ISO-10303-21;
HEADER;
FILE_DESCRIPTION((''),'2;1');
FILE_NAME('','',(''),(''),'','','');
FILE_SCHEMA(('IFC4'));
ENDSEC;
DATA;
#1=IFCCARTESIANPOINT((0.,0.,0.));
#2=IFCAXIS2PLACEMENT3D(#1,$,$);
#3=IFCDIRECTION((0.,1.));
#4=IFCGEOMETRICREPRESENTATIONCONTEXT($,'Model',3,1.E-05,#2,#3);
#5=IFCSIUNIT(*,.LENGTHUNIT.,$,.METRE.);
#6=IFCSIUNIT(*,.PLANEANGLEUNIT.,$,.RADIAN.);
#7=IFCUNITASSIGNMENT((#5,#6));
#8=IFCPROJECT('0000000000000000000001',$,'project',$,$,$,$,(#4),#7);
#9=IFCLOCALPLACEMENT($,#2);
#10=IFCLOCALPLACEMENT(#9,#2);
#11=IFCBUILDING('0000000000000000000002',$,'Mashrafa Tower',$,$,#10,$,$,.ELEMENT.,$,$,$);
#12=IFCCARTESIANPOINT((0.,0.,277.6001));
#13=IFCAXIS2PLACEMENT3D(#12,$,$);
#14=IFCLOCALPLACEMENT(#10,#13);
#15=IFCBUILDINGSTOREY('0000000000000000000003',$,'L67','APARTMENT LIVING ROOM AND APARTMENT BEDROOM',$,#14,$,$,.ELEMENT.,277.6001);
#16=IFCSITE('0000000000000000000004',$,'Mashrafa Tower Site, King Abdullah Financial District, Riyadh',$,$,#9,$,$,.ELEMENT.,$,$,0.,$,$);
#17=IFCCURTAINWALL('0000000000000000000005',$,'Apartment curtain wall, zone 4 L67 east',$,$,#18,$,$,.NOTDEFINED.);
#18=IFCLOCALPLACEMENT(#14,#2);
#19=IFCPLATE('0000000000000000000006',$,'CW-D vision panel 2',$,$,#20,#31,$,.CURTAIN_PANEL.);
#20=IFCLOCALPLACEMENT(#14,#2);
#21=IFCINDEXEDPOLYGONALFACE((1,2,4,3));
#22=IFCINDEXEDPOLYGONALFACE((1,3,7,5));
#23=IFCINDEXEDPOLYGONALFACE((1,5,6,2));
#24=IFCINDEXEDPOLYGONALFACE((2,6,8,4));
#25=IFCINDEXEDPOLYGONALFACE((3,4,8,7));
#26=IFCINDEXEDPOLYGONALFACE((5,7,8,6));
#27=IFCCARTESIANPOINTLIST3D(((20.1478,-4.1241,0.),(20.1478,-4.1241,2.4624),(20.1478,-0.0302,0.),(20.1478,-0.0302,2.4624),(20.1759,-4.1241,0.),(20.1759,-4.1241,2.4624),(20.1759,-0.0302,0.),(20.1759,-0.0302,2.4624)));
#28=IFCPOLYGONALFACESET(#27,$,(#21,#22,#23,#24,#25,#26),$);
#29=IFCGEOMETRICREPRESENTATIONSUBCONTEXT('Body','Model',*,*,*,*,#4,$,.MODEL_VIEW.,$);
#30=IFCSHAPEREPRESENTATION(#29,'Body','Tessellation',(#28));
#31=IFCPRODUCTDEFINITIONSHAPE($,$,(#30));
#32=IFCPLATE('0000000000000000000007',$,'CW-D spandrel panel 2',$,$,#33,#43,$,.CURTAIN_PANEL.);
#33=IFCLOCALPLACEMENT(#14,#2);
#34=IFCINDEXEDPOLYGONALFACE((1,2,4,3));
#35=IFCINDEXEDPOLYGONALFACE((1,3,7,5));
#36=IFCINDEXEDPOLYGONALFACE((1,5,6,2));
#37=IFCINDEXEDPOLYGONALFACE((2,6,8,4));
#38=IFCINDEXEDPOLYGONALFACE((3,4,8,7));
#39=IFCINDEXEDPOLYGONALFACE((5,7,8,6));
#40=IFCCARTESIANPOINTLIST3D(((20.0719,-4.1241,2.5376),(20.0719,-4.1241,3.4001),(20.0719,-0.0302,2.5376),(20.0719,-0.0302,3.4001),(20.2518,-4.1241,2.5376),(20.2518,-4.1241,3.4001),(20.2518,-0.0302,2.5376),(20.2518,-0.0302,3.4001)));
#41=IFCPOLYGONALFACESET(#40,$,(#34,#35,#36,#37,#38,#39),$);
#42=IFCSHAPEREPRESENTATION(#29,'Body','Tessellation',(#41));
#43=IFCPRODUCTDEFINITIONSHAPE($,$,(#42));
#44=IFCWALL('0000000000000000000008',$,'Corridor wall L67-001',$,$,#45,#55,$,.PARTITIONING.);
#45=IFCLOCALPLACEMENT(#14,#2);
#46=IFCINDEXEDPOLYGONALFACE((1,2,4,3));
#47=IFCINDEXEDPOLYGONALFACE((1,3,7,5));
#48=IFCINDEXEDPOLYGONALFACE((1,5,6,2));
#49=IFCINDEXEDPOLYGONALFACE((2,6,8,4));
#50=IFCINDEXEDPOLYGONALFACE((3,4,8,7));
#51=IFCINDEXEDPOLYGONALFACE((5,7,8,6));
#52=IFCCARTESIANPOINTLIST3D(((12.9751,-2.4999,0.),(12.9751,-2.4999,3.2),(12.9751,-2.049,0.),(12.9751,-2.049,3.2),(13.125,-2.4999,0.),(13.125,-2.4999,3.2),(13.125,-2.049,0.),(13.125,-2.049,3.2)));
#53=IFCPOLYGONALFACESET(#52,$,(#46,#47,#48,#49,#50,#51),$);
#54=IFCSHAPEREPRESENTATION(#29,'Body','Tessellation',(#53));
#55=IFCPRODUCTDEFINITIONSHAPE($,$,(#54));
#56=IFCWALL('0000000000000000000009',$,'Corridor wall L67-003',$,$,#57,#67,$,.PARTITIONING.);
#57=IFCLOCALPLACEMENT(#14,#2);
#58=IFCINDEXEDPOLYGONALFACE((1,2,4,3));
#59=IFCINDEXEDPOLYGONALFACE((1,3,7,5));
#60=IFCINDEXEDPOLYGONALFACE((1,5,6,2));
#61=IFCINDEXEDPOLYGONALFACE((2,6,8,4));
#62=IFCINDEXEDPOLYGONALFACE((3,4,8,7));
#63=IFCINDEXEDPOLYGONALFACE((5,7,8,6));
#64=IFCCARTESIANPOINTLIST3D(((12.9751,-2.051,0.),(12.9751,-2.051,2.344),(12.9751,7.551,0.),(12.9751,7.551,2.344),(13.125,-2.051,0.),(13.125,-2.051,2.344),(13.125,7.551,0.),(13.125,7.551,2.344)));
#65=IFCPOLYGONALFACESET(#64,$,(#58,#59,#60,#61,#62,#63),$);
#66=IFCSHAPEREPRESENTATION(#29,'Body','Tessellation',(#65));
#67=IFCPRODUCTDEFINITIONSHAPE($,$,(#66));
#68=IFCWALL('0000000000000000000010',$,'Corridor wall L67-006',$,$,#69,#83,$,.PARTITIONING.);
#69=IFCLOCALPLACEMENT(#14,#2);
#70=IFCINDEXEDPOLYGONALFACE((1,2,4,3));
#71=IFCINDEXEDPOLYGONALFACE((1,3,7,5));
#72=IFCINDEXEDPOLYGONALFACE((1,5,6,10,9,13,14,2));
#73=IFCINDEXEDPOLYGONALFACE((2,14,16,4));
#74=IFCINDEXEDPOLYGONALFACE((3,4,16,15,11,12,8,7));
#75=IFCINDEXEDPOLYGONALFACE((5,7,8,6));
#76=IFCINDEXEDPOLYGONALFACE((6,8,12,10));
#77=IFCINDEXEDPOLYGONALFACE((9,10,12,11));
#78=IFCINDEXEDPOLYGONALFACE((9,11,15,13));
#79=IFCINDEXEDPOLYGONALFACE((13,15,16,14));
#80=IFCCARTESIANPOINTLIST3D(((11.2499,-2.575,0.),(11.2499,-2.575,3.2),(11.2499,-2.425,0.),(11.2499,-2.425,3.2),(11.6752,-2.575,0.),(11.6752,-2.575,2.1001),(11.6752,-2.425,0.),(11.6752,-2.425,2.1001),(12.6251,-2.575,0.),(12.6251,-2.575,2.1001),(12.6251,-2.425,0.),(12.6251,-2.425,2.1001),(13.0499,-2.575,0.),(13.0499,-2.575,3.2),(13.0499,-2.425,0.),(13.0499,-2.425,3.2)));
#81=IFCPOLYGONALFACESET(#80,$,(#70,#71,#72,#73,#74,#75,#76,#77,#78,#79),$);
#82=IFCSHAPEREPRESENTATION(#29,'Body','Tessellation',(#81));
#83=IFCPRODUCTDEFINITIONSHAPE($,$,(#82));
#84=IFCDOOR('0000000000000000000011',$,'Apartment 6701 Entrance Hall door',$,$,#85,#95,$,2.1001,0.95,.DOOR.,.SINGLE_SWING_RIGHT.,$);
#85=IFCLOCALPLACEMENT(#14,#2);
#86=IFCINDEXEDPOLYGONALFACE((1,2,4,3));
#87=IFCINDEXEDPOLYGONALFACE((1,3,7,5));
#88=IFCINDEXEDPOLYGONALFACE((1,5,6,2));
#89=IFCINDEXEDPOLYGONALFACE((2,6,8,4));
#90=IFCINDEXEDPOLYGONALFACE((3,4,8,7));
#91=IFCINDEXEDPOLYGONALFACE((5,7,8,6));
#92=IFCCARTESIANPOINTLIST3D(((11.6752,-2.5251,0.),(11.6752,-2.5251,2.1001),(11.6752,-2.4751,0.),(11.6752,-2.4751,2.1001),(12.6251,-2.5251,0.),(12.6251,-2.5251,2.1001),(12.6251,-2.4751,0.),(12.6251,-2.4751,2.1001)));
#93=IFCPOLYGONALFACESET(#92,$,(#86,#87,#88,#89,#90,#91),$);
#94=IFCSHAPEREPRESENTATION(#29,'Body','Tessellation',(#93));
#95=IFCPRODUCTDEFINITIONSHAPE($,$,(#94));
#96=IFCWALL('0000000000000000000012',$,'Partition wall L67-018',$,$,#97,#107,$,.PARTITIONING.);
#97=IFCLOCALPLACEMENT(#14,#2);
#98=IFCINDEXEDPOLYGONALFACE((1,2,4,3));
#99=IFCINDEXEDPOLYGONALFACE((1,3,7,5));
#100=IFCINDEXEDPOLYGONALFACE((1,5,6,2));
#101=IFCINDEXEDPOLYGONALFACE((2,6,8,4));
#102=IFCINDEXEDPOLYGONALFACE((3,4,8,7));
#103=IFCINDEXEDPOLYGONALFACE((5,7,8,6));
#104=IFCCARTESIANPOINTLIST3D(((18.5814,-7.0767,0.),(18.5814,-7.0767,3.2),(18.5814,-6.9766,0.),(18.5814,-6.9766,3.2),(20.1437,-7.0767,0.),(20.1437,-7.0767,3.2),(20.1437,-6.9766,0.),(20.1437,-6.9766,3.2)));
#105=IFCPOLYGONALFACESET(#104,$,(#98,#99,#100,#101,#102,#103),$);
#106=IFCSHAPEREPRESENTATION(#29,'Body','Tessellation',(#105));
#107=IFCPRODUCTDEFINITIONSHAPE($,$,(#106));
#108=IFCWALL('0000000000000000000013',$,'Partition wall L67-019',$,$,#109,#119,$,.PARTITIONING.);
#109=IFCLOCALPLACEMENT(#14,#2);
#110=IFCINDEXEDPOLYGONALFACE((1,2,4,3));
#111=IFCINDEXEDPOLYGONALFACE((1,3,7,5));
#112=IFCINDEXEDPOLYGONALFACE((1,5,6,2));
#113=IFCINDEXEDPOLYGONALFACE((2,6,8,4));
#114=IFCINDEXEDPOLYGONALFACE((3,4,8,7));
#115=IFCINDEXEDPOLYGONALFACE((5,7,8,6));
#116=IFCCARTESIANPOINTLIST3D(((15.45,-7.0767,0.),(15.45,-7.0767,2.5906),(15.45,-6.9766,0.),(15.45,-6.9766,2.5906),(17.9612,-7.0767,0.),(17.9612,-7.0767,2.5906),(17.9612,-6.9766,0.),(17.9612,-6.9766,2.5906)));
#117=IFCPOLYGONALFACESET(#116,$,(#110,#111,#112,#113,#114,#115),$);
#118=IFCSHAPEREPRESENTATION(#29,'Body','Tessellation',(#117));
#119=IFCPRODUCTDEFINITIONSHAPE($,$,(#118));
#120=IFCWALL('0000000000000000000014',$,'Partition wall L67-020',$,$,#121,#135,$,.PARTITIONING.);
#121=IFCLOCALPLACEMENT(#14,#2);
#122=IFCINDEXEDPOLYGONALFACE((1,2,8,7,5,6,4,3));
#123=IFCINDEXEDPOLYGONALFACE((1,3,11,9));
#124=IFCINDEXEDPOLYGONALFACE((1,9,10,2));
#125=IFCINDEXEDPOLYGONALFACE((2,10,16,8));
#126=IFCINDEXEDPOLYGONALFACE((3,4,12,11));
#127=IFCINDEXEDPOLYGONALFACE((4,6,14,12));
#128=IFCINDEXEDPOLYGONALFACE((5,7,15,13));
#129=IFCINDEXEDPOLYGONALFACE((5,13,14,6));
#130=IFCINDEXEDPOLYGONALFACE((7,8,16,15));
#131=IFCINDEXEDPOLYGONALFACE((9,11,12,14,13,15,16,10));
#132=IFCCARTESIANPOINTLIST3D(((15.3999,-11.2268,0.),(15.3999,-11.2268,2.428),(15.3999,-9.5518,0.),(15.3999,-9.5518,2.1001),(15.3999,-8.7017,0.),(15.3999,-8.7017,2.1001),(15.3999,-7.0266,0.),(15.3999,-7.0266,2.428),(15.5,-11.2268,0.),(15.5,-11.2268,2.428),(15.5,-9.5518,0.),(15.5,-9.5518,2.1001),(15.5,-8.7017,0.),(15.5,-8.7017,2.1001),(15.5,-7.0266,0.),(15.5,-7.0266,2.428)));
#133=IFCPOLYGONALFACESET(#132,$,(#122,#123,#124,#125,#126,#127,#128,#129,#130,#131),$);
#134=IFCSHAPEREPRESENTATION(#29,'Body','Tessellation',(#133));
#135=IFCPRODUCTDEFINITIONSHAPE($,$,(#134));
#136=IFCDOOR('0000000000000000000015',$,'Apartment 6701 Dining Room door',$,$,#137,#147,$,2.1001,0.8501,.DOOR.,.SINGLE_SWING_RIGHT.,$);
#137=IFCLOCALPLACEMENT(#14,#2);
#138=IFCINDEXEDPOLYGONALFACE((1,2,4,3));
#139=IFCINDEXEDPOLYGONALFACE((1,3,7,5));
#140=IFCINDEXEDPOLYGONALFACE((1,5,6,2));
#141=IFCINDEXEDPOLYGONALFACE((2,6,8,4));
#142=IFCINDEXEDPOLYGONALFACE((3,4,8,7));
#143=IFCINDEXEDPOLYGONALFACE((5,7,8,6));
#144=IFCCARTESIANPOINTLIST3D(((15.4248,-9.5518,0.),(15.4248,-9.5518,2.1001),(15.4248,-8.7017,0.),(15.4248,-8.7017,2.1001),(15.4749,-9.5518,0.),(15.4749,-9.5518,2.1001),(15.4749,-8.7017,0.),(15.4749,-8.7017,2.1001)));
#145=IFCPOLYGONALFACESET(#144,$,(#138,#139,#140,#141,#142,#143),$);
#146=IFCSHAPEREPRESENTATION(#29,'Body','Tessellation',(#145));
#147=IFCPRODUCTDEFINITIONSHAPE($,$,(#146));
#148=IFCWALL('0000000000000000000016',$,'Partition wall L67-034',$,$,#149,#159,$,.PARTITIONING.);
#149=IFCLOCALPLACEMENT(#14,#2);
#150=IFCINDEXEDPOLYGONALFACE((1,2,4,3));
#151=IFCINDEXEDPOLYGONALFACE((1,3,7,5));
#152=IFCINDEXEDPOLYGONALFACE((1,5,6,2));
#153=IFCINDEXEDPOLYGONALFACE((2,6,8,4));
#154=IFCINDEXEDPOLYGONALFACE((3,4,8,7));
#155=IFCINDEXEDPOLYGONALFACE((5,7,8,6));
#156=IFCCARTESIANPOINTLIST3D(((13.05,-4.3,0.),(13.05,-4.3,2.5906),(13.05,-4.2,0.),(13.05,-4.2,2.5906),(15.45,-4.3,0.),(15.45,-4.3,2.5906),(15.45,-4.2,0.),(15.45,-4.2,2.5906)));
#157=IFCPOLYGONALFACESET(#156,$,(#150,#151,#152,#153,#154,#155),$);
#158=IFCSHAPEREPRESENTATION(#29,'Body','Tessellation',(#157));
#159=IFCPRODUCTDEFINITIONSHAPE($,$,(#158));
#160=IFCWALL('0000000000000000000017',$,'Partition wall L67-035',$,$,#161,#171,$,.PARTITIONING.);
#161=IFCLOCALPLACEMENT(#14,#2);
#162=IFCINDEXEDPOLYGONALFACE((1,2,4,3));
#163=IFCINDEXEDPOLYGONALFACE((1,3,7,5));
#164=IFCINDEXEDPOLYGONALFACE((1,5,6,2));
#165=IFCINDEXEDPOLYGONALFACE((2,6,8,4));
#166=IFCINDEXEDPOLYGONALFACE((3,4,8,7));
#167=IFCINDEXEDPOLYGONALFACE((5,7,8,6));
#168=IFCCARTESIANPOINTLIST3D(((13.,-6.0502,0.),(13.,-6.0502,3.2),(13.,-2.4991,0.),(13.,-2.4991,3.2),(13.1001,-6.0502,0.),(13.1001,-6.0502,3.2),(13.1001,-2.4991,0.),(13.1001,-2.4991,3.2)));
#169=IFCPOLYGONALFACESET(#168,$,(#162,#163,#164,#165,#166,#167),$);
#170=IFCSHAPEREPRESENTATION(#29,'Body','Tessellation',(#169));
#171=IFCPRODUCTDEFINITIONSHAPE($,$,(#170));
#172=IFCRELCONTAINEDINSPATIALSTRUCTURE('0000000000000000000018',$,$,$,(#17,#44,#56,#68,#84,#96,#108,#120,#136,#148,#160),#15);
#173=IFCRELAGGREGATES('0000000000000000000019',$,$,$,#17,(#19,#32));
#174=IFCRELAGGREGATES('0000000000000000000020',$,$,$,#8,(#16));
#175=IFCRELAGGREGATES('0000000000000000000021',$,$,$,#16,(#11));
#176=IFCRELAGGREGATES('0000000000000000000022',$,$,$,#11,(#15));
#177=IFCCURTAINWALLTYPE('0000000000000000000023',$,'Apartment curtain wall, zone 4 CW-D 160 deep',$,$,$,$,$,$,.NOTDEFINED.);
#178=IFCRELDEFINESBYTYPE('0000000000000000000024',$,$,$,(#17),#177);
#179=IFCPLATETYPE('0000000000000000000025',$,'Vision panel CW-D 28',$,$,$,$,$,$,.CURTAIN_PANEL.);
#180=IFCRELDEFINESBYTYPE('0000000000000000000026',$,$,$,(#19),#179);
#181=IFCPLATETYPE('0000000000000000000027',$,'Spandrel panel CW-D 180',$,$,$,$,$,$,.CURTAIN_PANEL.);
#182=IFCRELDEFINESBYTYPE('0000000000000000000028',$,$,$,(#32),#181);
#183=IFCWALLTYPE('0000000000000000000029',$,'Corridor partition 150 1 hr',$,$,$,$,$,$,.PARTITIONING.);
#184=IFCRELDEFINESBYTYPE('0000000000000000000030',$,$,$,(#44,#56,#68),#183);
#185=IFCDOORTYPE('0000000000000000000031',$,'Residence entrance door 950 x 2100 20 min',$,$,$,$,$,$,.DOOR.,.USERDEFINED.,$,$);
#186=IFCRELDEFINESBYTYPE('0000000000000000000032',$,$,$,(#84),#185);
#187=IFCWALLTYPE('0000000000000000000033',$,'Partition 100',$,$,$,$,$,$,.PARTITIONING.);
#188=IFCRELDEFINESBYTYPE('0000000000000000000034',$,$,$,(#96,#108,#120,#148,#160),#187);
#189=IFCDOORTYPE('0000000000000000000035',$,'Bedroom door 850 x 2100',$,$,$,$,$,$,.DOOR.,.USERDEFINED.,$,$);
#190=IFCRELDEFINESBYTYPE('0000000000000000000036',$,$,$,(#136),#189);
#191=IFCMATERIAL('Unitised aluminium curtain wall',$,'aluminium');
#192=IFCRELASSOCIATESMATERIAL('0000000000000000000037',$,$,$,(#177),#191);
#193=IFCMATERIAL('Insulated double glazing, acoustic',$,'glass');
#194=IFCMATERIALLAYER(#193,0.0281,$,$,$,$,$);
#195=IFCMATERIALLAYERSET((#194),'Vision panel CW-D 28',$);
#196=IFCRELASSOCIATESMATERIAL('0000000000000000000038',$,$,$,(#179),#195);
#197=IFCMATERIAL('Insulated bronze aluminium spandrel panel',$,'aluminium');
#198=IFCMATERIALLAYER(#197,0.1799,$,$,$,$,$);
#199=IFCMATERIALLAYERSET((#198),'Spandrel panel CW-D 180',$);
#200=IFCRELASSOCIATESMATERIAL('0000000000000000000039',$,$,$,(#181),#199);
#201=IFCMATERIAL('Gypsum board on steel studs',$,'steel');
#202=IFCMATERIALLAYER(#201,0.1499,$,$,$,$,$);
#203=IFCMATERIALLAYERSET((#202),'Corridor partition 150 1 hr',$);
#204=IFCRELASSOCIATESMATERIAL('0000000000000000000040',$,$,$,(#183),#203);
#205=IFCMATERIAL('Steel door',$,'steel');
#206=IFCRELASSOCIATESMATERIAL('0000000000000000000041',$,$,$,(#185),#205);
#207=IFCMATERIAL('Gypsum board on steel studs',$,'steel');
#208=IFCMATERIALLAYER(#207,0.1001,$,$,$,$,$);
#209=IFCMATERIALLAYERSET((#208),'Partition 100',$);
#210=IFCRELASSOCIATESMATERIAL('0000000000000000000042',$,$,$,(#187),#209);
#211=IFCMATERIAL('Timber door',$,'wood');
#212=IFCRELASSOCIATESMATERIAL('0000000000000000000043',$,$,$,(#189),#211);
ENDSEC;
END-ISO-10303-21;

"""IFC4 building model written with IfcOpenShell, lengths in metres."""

from ifc_helpers import new_model, si_unit, direction, frame, frame_2d, origin, origin_2d, place, context, subcontext, project, spatial, rectangle, extrude, source, transform, mapped, material, layer, layer_set, type_object, element, fill, aggregate, save


model = new_model("IFC4")

# Units and contexts
model_context = context("Model", 3, precision=1e-05, world=origin(), true_north=direction((0.0, 1.0)))
body_context = subcontext(model_context, "Body", "Model", "MODEL_VIEW")
ifc_project = project(units=[si_unit("LENGTHUNIT", "METRE"), si_unit("PLANEANGLEUNIT", "RADIAN")], contexts=[model_context])

# Site, building, storey
site_placement = place(None, origin())
site = spatial("IfcSite", under=ifc_project, at=site_placement, Name="Mashrafa Tower Site, King Abdullah Financial District, Riyadh", CompositionType="ELEMENT", RefElevation=0.0)
building_placement = place(site_placement, origin())
building = spatial("IfcBuilding", under=site, at=building_placement, Name="Mashrafa Tower", CompositionType="ELEMENT")
storey_placement = place(building_placement, frame((0.0, 0.0, 277.6001)))
storey = spatial("IfcBuildingStorey", under=building, at=storey_placement, Name="L67", Description="APARTMENT LIVING ROOM AND APARTMENT BEDROOM", CompositionType="ELEMENT", Elevation=277.6001)

# Curtain wall, plates
ifc_material_1 = material(Name="Unitised aluminium curtain wall", Category="aluminium")
curtain_wall_type = type_object("IfcCurtainWallType", Name="Apartment curtain wall, zone 4 CW-D 160 deep", PredefinedType="NOTDEFINED", material=ifc_material_1)
curtain_wall_placement = place(storey_placement, origin())
curtain_wall = element("IfcCurtainWall", 1, at=curtain_wall_placement, inside=storey, type_object=curtain_wall_type, Name="Apartment curtain wall, zone 4 L67 east", PredefinedType="NOTDEFINED")
ifc_material_2 = material(Name="Insulated double glazing, acoustic", Category="glass")
ifc_layer_1 = layer(ifc_material_2, 0.0281)
ifc_layer_set_1 = layer_set([ifc_layer_1], Name="Vision panel CW-D 28")
plate_type_1 = type_object("IfcPlateType", Name="Vision panel CW-D 28", PredefinedType="CURTAIN_PANEL", material=ifc_layer_set_1)
ifc_material_3 = material(Name="Insulated bronze aluminium spandrel panel", Category="aluminium")
ifc_layer_2 = layer(ifc_material_3, 0.1799)
ifc_layer_set_2 = layer_set([ifc_layer_2], Name="Spandrel panel CW-D 180")
plate_type_2 = type_object("IfcPlateType", Name="Spandrel panel CW-D 180", PredefinedType="CURTAIN_PANEL", material=ifc_layer_set_2)
shared_shape_1 = source(origin(), body_context, "Body", "SweptSolid", [
    extrude(rectangle(XDim=4.094, YDim=0.0281, at=origin_2d()), origin(), (0.0, 0.0, 1.0), 2.4624),
])
plate_1_placement = place(storey_placement, frame((20.1619, -2.0771, 0.0), z_axis=(0.0, 0.0, 1.0), x_axis=(0.0, 1.0, 0.0)))
plate_1 = element("IfcPlate", 2, at=plate_1_placement, type_object=plate_type_1, Name="CW-D vision panel 2", PredefinedType="CURTAIN_PANEL", context=body_context, shape_type="MappedRepresentation", body=[
    mapped(shared_shape_1, transform((0.0, 0.0, 0.0))),
])
shared_shape_2 = source(origin(), body_context, "Body", "SweptSolid", [
    extrude(rectangle(XDim=4.094, YDim=0.1799, at=origin_2d()), origin(), (0.0, 0.0, 1.0), 0.8625),
])
plate_2_placement = place(storey_placement, frame((20.1619, -2.0771, 2.5376), z_axis=(0.0, 0.0, 1.0), x_axis=(0.0, 1.0, 0.0)))
plate_2 = element("IfcPlate", 3, at=plate_2_placement, type_object=plate_type_2, Name="CW-D spandrel panel 2", PredefinedType="CURTAIN_PANEL", context=body_context, shape_type="MappedRepresentation", body=[
    mapped(shared_shape_2, transform((0.0, 0.0, 0.0))),
])
aggregate(curtain_wall, [plate_1, plate_2])

# Walls
ifc_material_4 = material(Name="Gypsum board on steel studs", Category="steel")
ifc_layer_3 = layer(ifc_material_4, 0.1499)
ifc_layer_set_3 = layer_set([ifc_layer_3], Name="Corridor partition 150 1 hr")
wall_type_1 = type_object("IfcWallType", Name="Corridor partition 150 1 hr", PredefinedType="PARTITIONING", material=ifc_layer_set_3)
wall_1_placement = place(storey_placement, frame((13.05, -2.5, 0.0), z_axis=(0.0, 0.0, 1.0), x_axis=(0.0, 1.0, 0.0)))
element("IfcWall", 4, at=wall_1_placement, inside=storey, type_object=wall_type_1, Name="Corridor wall L67-001", PredefinedType="PARTITIONING", context=body_context, shape_type="SweptSolid", body=[
    extrude(rectangle(XDim=0.4509, YDim=0.1499, at=frame_2d((0.2256, 0.0))), origin(), (0.0, 0.0, 1.0), 3.2),
])
wall_2_placement = place(storey_placement, frame((13.05, -2.051, 0.0), z_axis=(0.0, 0.0, 1.0), x_axis=(0.0, 1.0, 0.0)))
element("IfcWall", 5, at=wall_2_placement, inside=storey, type_object=wall_type_1, Name="Corridor wall L67-003", PredefinedType="PARTITIONING", context=body_context, shape_type="SweptSolid", body=[
    extrude(rectangle(XDim=9.6021, YDim=0.1499, at=frame_2d((4.801, 0.0))), origin(), (0.0, 0.0, 1.0), 2.344),
])

# Wall, opening, door
wall_3_placement = place(storey_placement, frame((11.25, -2.5, 0.0), z_axis=(0.0, 0.0, 1.0), x_axis=(1.0, 0.0, 0.0)))
wall_3 = element("IfcWall", 6, at=wall_3_placement, inside=storey, type_object=wall_type_1, Name="Corridor wall L67-006", PredefinedType="PARTITIONING", context=body_context, shape_type="SweptSolid", body=[
    extrude(rectangle(XDim=1.8, YDim=0.1499, at=frame_2d((0.8999, 0.0))), origin(), (0.0, 0.0, 1.0), 3.2),
])
opening_1_placement = place(wall_3_placement, frame((0.425, 0.0, 0.0)))
opening_1 = element("IfcOpeningElement", 7, at=opening_1_placement, cuts=wall_3, PredefinedType="OPENING", context=body_context, shape_type="SweptSolid", body=[
    extrude(rectangle(XDim=0.95, YDim=2.1001, at=frame_2d((0.4751, 1.05))), frame((0.0, 0.085, 0.0), z_axis=(0.0, -1.0, 0.0), x_axis=(1.0, 0.0, 0.0)), (0.0, 0.0, 1.0), 0.1699),
])
ifc_material_5 = material(Name="Steel door", Category="steel")
door_type_1 = type_object("IfcDoorType", Name="Residence entrance door 950 x 2100 20 min", OperationType="USERDEFINED", PredefinedType="DOOR", material=ifc_material_5)
door_1_placement = place(opening_1_placement, origin())
door_1 = element("IfcDoor", 8, at=door_1_placement, inside=storey, type_object=door_type_1, Name="Apartment 6701 Entrance Hall door", OperationType="SINGLE_SWING_RIGHT", OverallHeight=2.1001, OverallWidth=0.95, PredefinedType="DOOR", context=body_context, shape_type="SweptSolid", body=[
    extrude(rectangle(XDim=0.95, YDim=2.1001, at=frame_2d((0.4751, 1.05))), frame((0.0, 0.0249, 0.0), z_axis=(0.0, -1.0, 0.0), x_axis=(1.0, 0.0, 0.0)), (0.0, 0.0, 1.0), 0.05),
])
fill(opening_1, door_1)

# Walls
ifc_material_6 = material(Name="Gypsum board on steel studs", Category="steel")
ifc_layer_4 = layer(ifc_material_6, 0.1001)
ifc_layer_set_4 = layer_set([ifc_layer_4], Name="Partition 100")
wall_type_2 = type_object("IfcWallType", Name="Partition 100", PredefinedType="PARTITIONING", material=ifc_layer_set_4)
wall_4_placement = place(storey_placement, frame((20.1438, -7.0266, 0.0), z_axis=(0.0, 0.0, 1.0), x_axis=(-1.0, 0.0, 0.0)))
element("IfcWall", 9, at=wall_4_placement, inside=storey, type_object=wall_type_2, Name="Partition wall L67-018", PredefinedType="PARTITIONING", context=body_context, shape_type="SweptSolid", body=[
    extrude(rectangle(XDim=1.5623, YDim=0.1001, at=frame_2d((0.7812, 0.0))), origin(), (0.0, 0.0, 1.0), 3.2),
])
wall_5_placement = place(storey_placement, frame((17.9612, -7.0266, 0.0), z_axis=(0.0, 0.0, 1.0), x_axis=(-1.0, 0.0, 0.0)))
element("IfcWall", 10, at=wall_5_placement, inside=storey, type_object=wall_type_2, Name="Partition wall L67-019", PredefinedType="PARTITIONING", context=body_context, shape_type="SweptSolid", body=[
    extrude(rectangle(XDim=2.5112, YDim=0.1001, at=frame_2d((1.2556, 0.0))), origin(), (0.0, 0.0, 1.0), 2.5906),
])

# Wall, opening, door
wall_6_placement = place(storey_placement, frame((15.45, -7.0266, 0.0), z_axis=(0.0, 0.0, 1.0), x_axis=(0.0, -1.0, 0.0)))
wall_6 = element("IfcWall", 11, at=wall_6_placement, inside=storey, type_object=wall_type_2, Name="Partition wall L67-020", PredefinedType="PARTITIONING", context=body_context, shape_type="SweptSolid", body=[
    extrude(rectangle(XDim=4.2002, YDim=0.1001, at=frame_2d((2.1001, 0.0))), origin(), (0.0, 0.0, 1.0), 2.428),
])
opening_2_placement = place(wall_6_placement, frame((1.675, 0.0, 0.0)))
opening_2 = element("IfcOpeningElement", 12, at=opening_2_placement, cuts=wall_6, PredefinedType="OPENING", context=body_context, shape_type="SweptSolid", body=[
    extrude(rectangle(XDim=0.8501, YDim=2.1001, at=frame_2d((0.425, 1.05))), frame((0.0, 0.0601, 0.0), z_axis=(0.0, -1.0, 0.0), x_axis=(1.0, 0.0, 0.0)), (0.0, 0.0, 1.0), 0.1201),
])
ifc_material_7 = material(Name="Timber door", Category="wood")
door_type_2 = type_object("IfcDoorType", Name="Bedroom door 850 x 2100", OperationType="USERDEFINED", PredefinedType="DOOR", material=ifc_material_7)
door_2_placement = place(opening_2_placement, origin())
door_2 = element("IfcDoor", 13, at=door_2_placement, inside=storey, type_object=door_type_2, Name="Apartment 6701 Dining Room door", OperationType="SINGLE_SWING_RIGHT", OverallHeight=2.1001, OverallWidth=0.8501, PredefinedType="DOOR", context=body_context, shape_type="SweptSolid", body=[
    extrude(rectangle(XDim=0.8501, YDim=2.1001, at=frame_2d((0.425, 1.05))), frame((0.0, 0.0249, 0.0), z_axis=(0.0, -1.0, 0.0), x_axis=(1.0, 0.0, 0.0)), (0.0, 0.0, 1.0), 0.05),
])
fill(opening_2, door_2)

# Walls
wall_7_placement = place(storey_placement, frame((15.45, -4.25, 0.0), z_axis=(0.0, 0.0, 1.0), x_axis=(-1.0, 0.0, 0.0)))
element("IfcWall", 14, at=wall_7_placement, inside=storey, type_object=wall_type_2, Name="Partition wall L67-034", PredefinedType="PARTITIONING", context=body_context, shape_type="SweptSolid", body=[
    extrude(rectangle(XDim=2.3999, YDim=0.1001, at=frame_2d((1.2, 0.0))), origin(), (0.0, 0.0, 1.0), 2.5906),
])
wall_8_placement = place(storey_placement, frame((13.05, -6.05, 0.0), z_axis=(0.0, 0.0, 1.0), x_axis=(0.0, 1.0, 0.0)))
element("IfcWall", 15, at=wall_8_placement, inside=storey, type_object=wall_type_2, Name="Partition wall L67-035", PredefinedType="PARTITIONING", context=body_context, shape_type="SweptSolid", body=[
    extrude(rectangle(XDim=3.551, YDim=0.1001, at=frame_2d((1.7754, 0.0))), origin(), (0.0, 0.0, 1.0), 3.2),
])

save(model, "model.ifc")
